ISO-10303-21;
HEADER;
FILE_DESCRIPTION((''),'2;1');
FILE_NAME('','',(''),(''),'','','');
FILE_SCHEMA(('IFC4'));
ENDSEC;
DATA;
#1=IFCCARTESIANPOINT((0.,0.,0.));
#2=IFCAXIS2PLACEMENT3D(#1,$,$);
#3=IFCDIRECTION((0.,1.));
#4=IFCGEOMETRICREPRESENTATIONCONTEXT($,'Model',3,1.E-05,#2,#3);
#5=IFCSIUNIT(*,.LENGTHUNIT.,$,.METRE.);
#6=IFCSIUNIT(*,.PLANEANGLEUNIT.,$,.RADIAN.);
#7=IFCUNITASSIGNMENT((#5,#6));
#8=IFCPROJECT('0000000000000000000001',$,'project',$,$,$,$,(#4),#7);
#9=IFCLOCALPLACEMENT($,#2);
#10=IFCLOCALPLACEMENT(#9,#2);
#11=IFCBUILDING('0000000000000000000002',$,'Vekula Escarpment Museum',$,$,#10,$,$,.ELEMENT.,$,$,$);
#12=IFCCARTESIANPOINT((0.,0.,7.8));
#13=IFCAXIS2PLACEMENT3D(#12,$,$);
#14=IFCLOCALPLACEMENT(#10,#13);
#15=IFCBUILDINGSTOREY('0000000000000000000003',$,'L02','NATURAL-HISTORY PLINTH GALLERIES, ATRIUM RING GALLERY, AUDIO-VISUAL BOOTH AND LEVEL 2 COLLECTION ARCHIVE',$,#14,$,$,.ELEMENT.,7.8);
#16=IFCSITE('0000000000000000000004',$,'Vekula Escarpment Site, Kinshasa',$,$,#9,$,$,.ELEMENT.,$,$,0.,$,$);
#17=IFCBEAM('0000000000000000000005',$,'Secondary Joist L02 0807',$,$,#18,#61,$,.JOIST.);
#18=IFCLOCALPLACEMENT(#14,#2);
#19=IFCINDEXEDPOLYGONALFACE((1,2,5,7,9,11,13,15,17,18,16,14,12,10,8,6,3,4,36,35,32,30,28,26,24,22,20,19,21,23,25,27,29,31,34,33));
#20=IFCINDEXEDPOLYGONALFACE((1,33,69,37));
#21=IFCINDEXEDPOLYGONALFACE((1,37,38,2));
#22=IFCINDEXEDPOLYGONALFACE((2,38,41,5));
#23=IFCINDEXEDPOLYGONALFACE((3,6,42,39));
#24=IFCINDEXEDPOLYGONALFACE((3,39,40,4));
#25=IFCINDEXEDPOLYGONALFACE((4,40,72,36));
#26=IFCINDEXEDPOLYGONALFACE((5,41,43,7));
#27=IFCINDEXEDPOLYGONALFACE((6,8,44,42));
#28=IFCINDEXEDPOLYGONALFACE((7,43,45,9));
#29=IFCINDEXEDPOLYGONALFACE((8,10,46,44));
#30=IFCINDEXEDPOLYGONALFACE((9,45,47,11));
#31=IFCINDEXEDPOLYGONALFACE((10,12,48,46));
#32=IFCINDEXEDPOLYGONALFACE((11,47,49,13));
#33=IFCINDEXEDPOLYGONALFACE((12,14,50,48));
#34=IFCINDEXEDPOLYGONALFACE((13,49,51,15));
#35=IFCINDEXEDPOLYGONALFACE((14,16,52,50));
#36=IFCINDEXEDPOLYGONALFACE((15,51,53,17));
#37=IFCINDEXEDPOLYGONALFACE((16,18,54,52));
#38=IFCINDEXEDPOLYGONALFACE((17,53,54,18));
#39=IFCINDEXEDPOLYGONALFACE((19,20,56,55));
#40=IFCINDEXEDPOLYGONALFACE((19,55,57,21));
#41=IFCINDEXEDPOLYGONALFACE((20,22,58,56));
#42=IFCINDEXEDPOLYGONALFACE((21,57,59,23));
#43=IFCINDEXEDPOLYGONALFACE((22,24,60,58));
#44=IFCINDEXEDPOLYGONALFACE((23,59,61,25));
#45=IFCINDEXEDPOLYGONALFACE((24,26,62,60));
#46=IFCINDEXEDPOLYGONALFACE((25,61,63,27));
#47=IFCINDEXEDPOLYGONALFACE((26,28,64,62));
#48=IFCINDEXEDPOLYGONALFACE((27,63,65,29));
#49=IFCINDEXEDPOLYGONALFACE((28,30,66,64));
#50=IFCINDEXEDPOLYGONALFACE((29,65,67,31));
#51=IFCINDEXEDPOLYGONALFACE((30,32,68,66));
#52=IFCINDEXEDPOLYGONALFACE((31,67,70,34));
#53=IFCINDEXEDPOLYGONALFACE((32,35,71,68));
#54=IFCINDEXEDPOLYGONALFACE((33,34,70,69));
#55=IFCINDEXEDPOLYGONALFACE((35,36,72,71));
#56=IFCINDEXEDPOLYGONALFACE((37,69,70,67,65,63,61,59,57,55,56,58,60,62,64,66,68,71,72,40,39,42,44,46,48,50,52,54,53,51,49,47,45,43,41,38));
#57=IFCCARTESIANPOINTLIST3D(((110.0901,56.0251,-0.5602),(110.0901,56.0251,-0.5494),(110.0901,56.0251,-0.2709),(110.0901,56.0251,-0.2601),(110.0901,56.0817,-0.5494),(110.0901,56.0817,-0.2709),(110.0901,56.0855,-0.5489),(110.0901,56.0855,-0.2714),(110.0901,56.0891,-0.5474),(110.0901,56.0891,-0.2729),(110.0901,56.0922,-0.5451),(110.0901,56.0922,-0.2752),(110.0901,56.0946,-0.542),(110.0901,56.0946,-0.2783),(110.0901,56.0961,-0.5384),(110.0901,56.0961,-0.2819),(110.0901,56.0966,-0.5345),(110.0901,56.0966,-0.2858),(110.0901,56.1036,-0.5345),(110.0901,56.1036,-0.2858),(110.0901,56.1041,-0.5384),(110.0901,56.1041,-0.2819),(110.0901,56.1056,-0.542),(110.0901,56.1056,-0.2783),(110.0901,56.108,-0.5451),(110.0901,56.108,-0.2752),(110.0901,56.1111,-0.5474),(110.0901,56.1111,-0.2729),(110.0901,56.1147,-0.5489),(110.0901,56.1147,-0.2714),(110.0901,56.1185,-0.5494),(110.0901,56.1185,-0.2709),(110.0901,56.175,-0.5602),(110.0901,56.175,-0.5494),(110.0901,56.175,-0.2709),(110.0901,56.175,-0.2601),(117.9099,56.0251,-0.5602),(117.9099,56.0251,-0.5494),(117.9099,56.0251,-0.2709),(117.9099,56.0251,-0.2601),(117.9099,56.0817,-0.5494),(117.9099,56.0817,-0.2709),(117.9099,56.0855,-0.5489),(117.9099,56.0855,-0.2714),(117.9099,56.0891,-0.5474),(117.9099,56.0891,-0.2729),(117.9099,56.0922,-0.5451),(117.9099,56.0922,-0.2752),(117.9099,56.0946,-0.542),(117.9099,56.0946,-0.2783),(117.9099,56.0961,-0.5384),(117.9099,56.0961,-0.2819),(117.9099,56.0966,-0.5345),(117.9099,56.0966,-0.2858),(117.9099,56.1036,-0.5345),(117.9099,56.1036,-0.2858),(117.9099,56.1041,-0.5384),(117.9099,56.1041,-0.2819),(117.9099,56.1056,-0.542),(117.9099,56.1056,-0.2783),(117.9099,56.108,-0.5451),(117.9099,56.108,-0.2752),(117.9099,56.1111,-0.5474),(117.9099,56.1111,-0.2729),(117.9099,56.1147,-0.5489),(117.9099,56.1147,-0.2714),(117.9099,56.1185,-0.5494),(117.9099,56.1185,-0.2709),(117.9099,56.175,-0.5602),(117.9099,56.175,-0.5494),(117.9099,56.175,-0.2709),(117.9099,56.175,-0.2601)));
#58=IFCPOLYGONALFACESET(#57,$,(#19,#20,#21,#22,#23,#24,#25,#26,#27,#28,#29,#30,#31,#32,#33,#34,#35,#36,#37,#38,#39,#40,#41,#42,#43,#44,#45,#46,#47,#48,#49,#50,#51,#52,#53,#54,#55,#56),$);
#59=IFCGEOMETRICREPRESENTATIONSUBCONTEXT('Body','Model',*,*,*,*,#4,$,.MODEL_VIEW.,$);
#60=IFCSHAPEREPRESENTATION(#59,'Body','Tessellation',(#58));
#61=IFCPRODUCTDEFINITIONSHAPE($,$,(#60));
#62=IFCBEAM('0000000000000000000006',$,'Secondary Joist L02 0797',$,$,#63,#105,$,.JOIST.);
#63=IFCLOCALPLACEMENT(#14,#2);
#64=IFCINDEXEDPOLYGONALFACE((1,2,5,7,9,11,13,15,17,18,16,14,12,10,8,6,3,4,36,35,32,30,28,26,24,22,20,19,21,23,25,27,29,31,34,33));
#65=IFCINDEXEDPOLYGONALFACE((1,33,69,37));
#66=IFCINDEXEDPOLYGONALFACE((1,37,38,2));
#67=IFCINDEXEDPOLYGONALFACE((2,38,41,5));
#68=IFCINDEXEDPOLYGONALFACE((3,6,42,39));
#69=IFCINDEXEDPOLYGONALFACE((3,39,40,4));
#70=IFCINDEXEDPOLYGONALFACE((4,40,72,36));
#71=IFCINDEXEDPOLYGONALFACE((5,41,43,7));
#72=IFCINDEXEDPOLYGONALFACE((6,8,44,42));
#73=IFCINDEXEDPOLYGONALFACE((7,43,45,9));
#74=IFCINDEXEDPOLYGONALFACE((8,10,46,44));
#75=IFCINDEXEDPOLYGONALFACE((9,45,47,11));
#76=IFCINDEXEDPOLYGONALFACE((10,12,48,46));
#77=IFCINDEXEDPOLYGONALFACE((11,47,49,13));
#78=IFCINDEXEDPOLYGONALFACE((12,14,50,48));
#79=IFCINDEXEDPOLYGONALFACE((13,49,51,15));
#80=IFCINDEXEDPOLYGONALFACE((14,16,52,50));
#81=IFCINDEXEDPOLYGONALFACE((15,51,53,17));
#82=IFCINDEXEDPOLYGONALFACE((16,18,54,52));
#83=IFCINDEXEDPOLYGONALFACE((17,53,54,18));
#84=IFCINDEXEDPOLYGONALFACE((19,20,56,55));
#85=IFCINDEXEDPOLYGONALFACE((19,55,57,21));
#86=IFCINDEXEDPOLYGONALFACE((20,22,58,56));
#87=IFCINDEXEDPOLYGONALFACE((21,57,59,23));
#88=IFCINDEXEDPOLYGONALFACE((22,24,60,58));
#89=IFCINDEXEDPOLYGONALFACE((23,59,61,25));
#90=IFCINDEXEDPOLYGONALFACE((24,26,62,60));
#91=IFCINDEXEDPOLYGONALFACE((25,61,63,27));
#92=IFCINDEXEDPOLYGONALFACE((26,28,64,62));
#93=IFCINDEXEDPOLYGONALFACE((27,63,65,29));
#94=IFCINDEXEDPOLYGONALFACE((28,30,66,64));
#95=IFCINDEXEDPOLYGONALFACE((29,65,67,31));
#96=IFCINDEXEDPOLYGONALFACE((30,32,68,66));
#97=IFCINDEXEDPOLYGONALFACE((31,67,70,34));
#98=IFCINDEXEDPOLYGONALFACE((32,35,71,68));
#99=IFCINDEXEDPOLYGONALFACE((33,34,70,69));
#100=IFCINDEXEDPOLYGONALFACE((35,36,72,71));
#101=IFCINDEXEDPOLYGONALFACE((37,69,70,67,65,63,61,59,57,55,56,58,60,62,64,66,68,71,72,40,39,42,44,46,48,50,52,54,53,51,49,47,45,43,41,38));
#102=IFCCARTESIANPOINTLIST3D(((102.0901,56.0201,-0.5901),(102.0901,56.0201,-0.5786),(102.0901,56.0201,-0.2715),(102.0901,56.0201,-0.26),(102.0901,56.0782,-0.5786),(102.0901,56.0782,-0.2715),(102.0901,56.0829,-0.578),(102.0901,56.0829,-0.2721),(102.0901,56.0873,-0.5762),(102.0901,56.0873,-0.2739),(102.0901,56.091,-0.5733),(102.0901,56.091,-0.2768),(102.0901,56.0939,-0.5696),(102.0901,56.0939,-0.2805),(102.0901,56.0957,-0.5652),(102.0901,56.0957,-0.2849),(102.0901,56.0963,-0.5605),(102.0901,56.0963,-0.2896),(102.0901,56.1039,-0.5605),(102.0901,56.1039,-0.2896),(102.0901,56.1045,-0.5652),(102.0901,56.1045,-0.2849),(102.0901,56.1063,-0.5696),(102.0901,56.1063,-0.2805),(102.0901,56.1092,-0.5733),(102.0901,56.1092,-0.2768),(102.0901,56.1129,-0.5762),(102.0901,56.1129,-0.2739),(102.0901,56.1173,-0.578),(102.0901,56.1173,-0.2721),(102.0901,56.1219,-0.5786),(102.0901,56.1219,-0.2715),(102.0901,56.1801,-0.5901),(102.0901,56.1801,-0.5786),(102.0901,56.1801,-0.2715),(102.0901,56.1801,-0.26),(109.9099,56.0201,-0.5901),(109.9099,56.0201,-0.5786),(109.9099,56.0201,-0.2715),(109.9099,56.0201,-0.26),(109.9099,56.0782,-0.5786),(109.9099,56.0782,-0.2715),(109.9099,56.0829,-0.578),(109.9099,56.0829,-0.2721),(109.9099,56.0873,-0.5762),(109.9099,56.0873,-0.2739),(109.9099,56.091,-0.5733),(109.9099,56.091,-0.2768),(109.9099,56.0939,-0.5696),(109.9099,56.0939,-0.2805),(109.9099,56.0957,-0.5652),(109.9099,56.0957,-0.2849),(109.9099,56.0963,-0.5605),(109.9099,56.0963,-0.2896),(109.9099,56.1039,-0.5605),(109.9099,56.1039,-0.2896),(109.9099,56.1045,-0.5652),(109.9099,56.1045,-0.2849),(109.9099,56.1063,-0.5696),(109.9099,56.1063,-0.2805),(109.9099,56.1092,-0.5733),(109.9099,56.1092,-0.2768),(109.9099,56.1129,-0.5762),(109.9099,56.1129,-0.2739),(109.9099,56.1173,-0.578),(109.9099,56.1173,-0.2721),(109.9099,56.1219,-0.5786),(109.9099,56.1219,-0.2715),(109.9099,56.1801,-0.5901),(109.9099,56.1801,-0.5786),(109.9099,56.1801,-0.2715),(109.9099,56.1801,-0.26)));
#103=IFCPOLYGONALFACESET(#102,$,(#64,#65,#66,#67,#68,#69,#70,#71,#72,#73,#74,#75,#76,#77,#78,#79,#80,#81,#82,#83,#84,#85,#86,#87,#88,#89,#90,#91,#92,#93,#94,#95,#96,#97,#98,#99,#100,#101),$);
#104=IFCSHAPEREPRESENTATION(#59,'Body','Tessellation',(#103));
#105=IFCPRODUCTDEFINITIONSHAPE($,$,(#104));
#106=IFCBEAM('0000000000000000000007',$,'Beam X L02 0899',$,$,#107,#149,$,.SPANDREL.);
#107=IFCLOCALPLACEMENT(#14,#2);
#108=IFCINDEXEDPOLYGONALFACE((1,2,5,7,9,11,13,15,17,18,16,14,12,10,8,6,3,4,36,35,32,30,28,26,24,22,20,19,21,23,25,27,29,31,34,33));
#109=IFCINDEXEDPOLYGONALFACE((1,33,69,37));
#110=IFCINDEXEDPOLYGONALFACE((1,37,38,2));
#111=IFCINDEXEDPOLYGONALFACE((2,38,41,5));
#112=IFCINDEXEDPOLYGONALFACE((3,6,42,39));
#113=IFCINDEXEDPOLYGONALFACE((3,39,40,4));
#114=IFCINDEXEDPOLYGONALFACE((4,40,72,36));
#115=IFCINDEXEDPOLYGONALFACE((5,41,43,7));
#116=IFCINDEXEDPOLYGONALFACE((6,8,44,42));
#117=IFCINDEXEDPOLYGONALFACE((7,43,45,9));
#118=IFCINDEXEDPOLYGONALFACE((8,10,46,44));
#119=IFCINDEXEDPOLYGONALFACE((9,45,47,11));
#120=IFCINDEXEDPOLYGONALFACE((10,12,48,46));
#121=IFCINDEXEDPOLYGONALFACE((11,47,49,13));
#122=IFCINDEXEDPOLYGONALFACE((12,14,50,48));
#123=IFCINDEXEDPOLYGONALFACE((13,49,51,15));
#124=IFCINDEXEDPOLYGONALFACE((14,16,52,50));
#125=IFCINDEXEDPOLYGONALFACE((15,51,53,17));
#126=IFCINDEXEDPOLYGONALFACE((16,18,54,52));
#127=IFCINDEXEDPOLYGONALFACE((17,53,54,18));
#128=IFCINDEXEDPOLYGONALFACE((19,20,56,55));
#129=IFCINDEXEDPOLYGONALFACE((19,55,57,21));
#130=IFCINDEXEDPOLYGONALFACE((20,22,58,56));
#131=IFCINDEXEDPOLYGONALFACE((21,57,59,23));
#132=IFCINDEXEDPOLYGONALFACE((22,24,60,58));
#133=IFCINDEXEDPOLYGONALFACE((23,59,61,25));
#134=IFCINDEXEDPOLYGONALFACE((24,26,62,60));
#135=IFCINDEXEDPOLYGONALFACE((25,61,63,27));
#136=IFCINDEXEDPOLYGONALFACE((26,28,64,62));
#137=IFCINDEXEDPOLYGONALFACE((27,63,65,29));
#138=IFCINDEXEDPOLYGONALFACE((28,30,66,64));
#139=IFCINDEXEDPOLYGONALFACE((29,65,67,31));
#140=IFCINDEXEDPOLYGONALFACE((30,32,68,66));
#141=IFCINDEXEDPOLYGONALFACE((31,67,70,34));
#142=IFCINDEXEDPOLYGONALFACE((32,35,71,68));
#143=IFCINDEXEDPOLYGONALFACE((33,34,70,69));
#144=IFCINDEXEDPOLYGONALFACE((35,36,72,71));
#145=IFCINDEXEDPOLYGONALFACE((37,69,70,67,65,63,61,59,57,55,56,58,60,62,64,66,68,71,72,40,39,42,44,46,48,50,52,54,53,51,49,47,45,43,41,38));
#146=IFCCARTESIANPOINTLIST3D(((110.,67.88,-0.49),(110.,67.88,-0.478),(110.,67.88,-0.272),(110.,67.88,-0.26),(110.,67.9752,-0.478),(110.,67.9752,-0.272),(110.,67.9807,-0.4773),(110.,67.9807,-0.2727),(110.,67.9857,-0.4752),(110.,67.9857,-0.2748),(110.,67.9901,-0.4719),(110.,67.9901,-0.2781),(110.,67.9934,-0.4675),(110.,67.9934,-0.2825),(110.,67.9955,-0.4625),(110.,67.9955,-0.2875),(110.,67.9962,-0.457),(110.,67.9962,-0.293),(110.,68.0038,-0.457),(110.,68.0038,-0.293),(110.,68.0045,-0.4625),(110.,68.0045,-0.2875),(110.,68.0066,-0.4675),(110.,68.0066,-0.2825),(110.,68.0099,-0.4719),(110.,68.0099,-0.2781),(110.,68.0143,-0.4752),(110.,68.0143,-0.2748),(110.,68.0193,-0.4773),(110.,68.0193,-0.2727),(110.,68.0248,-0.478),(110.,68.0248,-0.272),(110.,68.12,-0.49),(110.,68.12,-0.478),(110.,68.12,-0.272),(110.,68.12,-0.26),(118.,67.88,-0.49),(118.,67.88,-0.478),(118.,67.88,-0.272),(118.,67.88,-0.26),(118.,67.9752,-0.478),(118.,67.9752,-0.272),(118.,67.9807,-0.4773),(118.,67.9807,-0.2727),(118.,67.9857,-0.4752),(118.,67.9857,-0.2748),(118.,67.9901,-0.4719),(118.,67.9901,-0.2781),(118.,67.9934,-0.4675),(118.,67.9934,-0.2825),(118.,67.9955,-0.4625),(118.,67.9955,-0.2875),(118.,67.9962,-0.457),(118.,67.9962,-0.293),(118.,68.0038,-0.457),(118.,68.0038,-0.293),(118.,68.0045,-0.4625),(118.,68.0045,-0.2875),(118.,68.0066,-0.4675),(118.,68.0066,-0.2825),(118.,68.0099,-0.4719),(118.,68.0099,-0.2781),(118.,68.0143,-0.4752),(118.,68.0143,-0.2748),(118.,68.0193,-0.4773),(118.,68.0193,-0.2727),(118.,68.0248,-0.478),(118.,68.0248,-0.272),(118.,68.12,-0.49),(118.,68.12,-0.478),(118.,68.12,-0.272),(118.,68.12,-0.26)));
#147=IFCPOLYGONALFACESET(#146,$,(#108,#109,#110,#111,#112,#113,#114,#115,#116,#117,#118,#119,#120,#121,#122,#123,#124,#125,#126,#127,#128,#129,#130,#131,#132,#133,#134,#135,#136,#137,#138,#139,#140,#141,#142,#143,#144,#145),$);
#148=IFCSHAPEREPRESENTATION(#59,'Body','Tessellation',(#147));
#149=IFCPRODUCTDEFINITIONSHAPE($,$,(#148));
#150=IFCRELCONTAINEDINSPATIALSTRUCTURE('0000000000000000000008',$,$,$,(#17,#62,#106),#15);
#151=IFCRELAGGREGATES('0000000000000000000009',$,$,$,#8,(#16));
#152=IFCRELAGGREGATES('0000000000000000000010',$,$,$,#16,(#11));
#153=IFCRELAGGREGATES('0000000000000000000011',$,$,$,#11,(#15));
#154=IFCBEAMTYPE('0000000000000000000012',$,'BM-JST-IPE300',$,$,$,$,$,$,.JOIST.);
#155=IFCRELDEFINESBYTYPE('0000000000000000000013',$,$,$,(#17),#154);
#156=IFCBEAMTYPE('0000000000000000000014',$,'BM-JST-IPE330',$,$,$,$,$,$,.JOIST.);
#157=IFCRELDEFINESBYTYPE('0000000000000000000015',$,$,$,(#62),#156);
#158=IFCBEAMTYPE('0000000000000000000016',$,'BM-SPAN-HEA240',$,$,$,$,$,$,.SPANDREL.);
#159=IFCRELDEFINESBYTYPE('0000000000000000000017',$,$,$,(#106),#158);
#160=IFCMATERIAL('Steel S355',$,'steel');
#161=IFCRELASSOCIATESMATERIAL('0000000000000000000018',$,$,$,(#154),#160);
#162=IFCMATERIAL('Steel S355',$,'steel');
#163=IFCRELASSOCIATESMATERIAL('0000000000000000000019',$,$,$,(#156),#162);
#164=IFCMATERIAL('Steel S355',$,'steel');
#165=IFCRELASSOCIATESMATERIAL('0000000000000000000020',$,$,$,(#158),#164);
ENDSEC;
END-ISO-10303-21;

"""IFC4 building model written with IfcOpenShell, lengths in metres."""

from ifc_helpers import new_model, si_unit, direction, frame, origin, origin_2d, place, context, subcontext, project, spatial, i_section, extrude, material, material_profile, profile_set, type_object, element, save


model = new_model("IFC4")

# Units and contexts
model_context = context("Model", 3, precision=1e-05, world=origin(), true_north=direction((0.0, 1.0)))
body_context = subcontext(model_context, "Body", "Model", "MODEL_VIEW")
ifc_project = project(units=[si_unit("LENGTHUNIT", "METRE"), si_unit("PLANEANGLEUNIT", "RADIAN")], contexts=[model_context])

# Site, building, storey
site_placement = place(None, origin())
site = spatial("IfcSite", under=ifc_project, at=site_placement, Name="Vekula Escarpment Site, Kinshasa", CompositionType="ELEMENT", RefElevation=0.0)
building_placement = place(site_placement, origin())
building = spatial("IfcBuilding", under=site, at=building_placement, Name="Vekula Escarpment Museum", CompositionType="ELEMENT")
storey_placement = place(building_placement, frame((0.0, 0.0, 7.8)))
storey = spatial("IfcBuildingStorey", under=building, at=storey_placement, Name="L02", Description="NATURAL-HISTORY PLINTH GALLERIES, ATRIUM RING GALLERY, AUDIO-VISUAL BOOTH AND LEVEL 2 COLLECTION ARCHIVE", CompositionType="ELEMENT", Elevation=7.8)

# Beams
ifc_material_1 = material(Name="Steel S355", Category="steel")
ifc_material_profile_1 = material_profile(ifc_material_1, i_section(OverallWidth=0.1499, OverallDepth=0.3, WebThickness=0.0071, FlangeThickness=0.0107, FilletRadius=0.0149, at=origin_2d()), Name="IPE 300")
ifc_profile_set_1 = profile_set([ifc_material_profile_1], Name="Steel S355")
beam_type_1 = type_object("IfcBeamType", Name="BM-JST-IPE300", PredefinedType="JOIST", material=ifc_profile_set_1)
beam_1_placement = place(storey_placement, frame((110.0901, 56.1001, -0.4102), z_axis=(1.0, 0.0, 0.0), x_axis=(0.0, 1.0, 0.0)))
element("IfcBeam", 1, at=beam_1_placement, inside=storey, type_object=beam_type_1, Name="Secondary Joist L02 0807", PredefinedType="JOIST", context=body_context, shape_type="SweptSolid", body=[
    extrude(i_section(OverallWidth=0.1499, OverallDepth=0.3, WebThickness=0.0071, FlangeThickness=0.0107, FilletRadius=0.0149, at=origin_2d()), origin(), (0.0, 0.0, 1.0), 7.8198),
])
ifc_material_2 = material(Name="Steel S355", Category="steel")
ifc_material_profile_2 = material_profile(ifc_material_2, i_section(OverallWidth=0.1599, OverallDepth=0.3301, WebThickness=0.0076, FlangeThickness=0.0115, FilletRadius=0.0181, at=origin_2d()), Name="IPE 330")
ifc_profile_set_2 = profile_set([ifc_material_profile_2], Name="Steel S355")
beam_type_2 = type_object("IfcBeamType", Name="BM-JST-IPE330", PredefinedType="JOIST", material=ifc_profile_set_2)
beam_2_placement = place(storey_placement, frame((102.0901, 56.1001, -0.425), z_axis=(1.0, 0.0, 0.0), x_axis=(0.0, 1.0, 0.0)))
element("IfcBeam", 2, at=beam_2_placement, inside=storey, type_object=beam_type_2, Name="Secondary Joist L02 0797", PredefinedType="JOIST", context=body_context, shape_type="SweptSolid", body=[
    extrude(i_section(OverallWidth=0.1599, OverallDepth=0.3301, WebThickness=0.0076, FlangeThickness=0.0115, FilletRadius=0.0181, at=origin_2d()), origin(), (0.0, 0.0, 1.0), 7.8198),
])
ifc_material_3 = material(Name="Steel S355", Category="steel")
ifc_material_profile_3 = material_profile(ifc_material_3, i_section(OverallWidth=0.24, OverallDepth=0.23, WebThickness=0.0076, FlangeThickness=0.012, FilletRadius=0.021, at=origin_2d()), Name="HEA 240")
ifc_profile_set_3 = profile_set([ifc_material_profile_3], Name="Steel S355")
beam_type_3 = type_object("IfcBeamType", Name="BM-SPAN-HEA240", PredefinedType="SPANDREL", material=ifc_profile_set_3)
beam_3_placement = place(storey_placement, frame((110.0, 68.0, -0.375), z_axis=(1.0, 0.0, 0.0), x_axis=(0.0, 1.0, 0.0)))
element("IfcBeam", 3, at=beam_3_placement, inside=storey, type_object=beam_type_3, Name="Beam X L02 0899", PredefinedType="SPANDREL", context=body_context, shape_type="SweptSolid", body=[
    extrude(i_section(OverallWidth=0.24, OverallDepth=0.23, WebThickness=0.0076, FlangeThickness=0.012, FilletRadius=0.021, at=origin_2d()), origin(), (0.0, 0.0, 1.0), 8.0),
])

save(model, "model.ifc")
